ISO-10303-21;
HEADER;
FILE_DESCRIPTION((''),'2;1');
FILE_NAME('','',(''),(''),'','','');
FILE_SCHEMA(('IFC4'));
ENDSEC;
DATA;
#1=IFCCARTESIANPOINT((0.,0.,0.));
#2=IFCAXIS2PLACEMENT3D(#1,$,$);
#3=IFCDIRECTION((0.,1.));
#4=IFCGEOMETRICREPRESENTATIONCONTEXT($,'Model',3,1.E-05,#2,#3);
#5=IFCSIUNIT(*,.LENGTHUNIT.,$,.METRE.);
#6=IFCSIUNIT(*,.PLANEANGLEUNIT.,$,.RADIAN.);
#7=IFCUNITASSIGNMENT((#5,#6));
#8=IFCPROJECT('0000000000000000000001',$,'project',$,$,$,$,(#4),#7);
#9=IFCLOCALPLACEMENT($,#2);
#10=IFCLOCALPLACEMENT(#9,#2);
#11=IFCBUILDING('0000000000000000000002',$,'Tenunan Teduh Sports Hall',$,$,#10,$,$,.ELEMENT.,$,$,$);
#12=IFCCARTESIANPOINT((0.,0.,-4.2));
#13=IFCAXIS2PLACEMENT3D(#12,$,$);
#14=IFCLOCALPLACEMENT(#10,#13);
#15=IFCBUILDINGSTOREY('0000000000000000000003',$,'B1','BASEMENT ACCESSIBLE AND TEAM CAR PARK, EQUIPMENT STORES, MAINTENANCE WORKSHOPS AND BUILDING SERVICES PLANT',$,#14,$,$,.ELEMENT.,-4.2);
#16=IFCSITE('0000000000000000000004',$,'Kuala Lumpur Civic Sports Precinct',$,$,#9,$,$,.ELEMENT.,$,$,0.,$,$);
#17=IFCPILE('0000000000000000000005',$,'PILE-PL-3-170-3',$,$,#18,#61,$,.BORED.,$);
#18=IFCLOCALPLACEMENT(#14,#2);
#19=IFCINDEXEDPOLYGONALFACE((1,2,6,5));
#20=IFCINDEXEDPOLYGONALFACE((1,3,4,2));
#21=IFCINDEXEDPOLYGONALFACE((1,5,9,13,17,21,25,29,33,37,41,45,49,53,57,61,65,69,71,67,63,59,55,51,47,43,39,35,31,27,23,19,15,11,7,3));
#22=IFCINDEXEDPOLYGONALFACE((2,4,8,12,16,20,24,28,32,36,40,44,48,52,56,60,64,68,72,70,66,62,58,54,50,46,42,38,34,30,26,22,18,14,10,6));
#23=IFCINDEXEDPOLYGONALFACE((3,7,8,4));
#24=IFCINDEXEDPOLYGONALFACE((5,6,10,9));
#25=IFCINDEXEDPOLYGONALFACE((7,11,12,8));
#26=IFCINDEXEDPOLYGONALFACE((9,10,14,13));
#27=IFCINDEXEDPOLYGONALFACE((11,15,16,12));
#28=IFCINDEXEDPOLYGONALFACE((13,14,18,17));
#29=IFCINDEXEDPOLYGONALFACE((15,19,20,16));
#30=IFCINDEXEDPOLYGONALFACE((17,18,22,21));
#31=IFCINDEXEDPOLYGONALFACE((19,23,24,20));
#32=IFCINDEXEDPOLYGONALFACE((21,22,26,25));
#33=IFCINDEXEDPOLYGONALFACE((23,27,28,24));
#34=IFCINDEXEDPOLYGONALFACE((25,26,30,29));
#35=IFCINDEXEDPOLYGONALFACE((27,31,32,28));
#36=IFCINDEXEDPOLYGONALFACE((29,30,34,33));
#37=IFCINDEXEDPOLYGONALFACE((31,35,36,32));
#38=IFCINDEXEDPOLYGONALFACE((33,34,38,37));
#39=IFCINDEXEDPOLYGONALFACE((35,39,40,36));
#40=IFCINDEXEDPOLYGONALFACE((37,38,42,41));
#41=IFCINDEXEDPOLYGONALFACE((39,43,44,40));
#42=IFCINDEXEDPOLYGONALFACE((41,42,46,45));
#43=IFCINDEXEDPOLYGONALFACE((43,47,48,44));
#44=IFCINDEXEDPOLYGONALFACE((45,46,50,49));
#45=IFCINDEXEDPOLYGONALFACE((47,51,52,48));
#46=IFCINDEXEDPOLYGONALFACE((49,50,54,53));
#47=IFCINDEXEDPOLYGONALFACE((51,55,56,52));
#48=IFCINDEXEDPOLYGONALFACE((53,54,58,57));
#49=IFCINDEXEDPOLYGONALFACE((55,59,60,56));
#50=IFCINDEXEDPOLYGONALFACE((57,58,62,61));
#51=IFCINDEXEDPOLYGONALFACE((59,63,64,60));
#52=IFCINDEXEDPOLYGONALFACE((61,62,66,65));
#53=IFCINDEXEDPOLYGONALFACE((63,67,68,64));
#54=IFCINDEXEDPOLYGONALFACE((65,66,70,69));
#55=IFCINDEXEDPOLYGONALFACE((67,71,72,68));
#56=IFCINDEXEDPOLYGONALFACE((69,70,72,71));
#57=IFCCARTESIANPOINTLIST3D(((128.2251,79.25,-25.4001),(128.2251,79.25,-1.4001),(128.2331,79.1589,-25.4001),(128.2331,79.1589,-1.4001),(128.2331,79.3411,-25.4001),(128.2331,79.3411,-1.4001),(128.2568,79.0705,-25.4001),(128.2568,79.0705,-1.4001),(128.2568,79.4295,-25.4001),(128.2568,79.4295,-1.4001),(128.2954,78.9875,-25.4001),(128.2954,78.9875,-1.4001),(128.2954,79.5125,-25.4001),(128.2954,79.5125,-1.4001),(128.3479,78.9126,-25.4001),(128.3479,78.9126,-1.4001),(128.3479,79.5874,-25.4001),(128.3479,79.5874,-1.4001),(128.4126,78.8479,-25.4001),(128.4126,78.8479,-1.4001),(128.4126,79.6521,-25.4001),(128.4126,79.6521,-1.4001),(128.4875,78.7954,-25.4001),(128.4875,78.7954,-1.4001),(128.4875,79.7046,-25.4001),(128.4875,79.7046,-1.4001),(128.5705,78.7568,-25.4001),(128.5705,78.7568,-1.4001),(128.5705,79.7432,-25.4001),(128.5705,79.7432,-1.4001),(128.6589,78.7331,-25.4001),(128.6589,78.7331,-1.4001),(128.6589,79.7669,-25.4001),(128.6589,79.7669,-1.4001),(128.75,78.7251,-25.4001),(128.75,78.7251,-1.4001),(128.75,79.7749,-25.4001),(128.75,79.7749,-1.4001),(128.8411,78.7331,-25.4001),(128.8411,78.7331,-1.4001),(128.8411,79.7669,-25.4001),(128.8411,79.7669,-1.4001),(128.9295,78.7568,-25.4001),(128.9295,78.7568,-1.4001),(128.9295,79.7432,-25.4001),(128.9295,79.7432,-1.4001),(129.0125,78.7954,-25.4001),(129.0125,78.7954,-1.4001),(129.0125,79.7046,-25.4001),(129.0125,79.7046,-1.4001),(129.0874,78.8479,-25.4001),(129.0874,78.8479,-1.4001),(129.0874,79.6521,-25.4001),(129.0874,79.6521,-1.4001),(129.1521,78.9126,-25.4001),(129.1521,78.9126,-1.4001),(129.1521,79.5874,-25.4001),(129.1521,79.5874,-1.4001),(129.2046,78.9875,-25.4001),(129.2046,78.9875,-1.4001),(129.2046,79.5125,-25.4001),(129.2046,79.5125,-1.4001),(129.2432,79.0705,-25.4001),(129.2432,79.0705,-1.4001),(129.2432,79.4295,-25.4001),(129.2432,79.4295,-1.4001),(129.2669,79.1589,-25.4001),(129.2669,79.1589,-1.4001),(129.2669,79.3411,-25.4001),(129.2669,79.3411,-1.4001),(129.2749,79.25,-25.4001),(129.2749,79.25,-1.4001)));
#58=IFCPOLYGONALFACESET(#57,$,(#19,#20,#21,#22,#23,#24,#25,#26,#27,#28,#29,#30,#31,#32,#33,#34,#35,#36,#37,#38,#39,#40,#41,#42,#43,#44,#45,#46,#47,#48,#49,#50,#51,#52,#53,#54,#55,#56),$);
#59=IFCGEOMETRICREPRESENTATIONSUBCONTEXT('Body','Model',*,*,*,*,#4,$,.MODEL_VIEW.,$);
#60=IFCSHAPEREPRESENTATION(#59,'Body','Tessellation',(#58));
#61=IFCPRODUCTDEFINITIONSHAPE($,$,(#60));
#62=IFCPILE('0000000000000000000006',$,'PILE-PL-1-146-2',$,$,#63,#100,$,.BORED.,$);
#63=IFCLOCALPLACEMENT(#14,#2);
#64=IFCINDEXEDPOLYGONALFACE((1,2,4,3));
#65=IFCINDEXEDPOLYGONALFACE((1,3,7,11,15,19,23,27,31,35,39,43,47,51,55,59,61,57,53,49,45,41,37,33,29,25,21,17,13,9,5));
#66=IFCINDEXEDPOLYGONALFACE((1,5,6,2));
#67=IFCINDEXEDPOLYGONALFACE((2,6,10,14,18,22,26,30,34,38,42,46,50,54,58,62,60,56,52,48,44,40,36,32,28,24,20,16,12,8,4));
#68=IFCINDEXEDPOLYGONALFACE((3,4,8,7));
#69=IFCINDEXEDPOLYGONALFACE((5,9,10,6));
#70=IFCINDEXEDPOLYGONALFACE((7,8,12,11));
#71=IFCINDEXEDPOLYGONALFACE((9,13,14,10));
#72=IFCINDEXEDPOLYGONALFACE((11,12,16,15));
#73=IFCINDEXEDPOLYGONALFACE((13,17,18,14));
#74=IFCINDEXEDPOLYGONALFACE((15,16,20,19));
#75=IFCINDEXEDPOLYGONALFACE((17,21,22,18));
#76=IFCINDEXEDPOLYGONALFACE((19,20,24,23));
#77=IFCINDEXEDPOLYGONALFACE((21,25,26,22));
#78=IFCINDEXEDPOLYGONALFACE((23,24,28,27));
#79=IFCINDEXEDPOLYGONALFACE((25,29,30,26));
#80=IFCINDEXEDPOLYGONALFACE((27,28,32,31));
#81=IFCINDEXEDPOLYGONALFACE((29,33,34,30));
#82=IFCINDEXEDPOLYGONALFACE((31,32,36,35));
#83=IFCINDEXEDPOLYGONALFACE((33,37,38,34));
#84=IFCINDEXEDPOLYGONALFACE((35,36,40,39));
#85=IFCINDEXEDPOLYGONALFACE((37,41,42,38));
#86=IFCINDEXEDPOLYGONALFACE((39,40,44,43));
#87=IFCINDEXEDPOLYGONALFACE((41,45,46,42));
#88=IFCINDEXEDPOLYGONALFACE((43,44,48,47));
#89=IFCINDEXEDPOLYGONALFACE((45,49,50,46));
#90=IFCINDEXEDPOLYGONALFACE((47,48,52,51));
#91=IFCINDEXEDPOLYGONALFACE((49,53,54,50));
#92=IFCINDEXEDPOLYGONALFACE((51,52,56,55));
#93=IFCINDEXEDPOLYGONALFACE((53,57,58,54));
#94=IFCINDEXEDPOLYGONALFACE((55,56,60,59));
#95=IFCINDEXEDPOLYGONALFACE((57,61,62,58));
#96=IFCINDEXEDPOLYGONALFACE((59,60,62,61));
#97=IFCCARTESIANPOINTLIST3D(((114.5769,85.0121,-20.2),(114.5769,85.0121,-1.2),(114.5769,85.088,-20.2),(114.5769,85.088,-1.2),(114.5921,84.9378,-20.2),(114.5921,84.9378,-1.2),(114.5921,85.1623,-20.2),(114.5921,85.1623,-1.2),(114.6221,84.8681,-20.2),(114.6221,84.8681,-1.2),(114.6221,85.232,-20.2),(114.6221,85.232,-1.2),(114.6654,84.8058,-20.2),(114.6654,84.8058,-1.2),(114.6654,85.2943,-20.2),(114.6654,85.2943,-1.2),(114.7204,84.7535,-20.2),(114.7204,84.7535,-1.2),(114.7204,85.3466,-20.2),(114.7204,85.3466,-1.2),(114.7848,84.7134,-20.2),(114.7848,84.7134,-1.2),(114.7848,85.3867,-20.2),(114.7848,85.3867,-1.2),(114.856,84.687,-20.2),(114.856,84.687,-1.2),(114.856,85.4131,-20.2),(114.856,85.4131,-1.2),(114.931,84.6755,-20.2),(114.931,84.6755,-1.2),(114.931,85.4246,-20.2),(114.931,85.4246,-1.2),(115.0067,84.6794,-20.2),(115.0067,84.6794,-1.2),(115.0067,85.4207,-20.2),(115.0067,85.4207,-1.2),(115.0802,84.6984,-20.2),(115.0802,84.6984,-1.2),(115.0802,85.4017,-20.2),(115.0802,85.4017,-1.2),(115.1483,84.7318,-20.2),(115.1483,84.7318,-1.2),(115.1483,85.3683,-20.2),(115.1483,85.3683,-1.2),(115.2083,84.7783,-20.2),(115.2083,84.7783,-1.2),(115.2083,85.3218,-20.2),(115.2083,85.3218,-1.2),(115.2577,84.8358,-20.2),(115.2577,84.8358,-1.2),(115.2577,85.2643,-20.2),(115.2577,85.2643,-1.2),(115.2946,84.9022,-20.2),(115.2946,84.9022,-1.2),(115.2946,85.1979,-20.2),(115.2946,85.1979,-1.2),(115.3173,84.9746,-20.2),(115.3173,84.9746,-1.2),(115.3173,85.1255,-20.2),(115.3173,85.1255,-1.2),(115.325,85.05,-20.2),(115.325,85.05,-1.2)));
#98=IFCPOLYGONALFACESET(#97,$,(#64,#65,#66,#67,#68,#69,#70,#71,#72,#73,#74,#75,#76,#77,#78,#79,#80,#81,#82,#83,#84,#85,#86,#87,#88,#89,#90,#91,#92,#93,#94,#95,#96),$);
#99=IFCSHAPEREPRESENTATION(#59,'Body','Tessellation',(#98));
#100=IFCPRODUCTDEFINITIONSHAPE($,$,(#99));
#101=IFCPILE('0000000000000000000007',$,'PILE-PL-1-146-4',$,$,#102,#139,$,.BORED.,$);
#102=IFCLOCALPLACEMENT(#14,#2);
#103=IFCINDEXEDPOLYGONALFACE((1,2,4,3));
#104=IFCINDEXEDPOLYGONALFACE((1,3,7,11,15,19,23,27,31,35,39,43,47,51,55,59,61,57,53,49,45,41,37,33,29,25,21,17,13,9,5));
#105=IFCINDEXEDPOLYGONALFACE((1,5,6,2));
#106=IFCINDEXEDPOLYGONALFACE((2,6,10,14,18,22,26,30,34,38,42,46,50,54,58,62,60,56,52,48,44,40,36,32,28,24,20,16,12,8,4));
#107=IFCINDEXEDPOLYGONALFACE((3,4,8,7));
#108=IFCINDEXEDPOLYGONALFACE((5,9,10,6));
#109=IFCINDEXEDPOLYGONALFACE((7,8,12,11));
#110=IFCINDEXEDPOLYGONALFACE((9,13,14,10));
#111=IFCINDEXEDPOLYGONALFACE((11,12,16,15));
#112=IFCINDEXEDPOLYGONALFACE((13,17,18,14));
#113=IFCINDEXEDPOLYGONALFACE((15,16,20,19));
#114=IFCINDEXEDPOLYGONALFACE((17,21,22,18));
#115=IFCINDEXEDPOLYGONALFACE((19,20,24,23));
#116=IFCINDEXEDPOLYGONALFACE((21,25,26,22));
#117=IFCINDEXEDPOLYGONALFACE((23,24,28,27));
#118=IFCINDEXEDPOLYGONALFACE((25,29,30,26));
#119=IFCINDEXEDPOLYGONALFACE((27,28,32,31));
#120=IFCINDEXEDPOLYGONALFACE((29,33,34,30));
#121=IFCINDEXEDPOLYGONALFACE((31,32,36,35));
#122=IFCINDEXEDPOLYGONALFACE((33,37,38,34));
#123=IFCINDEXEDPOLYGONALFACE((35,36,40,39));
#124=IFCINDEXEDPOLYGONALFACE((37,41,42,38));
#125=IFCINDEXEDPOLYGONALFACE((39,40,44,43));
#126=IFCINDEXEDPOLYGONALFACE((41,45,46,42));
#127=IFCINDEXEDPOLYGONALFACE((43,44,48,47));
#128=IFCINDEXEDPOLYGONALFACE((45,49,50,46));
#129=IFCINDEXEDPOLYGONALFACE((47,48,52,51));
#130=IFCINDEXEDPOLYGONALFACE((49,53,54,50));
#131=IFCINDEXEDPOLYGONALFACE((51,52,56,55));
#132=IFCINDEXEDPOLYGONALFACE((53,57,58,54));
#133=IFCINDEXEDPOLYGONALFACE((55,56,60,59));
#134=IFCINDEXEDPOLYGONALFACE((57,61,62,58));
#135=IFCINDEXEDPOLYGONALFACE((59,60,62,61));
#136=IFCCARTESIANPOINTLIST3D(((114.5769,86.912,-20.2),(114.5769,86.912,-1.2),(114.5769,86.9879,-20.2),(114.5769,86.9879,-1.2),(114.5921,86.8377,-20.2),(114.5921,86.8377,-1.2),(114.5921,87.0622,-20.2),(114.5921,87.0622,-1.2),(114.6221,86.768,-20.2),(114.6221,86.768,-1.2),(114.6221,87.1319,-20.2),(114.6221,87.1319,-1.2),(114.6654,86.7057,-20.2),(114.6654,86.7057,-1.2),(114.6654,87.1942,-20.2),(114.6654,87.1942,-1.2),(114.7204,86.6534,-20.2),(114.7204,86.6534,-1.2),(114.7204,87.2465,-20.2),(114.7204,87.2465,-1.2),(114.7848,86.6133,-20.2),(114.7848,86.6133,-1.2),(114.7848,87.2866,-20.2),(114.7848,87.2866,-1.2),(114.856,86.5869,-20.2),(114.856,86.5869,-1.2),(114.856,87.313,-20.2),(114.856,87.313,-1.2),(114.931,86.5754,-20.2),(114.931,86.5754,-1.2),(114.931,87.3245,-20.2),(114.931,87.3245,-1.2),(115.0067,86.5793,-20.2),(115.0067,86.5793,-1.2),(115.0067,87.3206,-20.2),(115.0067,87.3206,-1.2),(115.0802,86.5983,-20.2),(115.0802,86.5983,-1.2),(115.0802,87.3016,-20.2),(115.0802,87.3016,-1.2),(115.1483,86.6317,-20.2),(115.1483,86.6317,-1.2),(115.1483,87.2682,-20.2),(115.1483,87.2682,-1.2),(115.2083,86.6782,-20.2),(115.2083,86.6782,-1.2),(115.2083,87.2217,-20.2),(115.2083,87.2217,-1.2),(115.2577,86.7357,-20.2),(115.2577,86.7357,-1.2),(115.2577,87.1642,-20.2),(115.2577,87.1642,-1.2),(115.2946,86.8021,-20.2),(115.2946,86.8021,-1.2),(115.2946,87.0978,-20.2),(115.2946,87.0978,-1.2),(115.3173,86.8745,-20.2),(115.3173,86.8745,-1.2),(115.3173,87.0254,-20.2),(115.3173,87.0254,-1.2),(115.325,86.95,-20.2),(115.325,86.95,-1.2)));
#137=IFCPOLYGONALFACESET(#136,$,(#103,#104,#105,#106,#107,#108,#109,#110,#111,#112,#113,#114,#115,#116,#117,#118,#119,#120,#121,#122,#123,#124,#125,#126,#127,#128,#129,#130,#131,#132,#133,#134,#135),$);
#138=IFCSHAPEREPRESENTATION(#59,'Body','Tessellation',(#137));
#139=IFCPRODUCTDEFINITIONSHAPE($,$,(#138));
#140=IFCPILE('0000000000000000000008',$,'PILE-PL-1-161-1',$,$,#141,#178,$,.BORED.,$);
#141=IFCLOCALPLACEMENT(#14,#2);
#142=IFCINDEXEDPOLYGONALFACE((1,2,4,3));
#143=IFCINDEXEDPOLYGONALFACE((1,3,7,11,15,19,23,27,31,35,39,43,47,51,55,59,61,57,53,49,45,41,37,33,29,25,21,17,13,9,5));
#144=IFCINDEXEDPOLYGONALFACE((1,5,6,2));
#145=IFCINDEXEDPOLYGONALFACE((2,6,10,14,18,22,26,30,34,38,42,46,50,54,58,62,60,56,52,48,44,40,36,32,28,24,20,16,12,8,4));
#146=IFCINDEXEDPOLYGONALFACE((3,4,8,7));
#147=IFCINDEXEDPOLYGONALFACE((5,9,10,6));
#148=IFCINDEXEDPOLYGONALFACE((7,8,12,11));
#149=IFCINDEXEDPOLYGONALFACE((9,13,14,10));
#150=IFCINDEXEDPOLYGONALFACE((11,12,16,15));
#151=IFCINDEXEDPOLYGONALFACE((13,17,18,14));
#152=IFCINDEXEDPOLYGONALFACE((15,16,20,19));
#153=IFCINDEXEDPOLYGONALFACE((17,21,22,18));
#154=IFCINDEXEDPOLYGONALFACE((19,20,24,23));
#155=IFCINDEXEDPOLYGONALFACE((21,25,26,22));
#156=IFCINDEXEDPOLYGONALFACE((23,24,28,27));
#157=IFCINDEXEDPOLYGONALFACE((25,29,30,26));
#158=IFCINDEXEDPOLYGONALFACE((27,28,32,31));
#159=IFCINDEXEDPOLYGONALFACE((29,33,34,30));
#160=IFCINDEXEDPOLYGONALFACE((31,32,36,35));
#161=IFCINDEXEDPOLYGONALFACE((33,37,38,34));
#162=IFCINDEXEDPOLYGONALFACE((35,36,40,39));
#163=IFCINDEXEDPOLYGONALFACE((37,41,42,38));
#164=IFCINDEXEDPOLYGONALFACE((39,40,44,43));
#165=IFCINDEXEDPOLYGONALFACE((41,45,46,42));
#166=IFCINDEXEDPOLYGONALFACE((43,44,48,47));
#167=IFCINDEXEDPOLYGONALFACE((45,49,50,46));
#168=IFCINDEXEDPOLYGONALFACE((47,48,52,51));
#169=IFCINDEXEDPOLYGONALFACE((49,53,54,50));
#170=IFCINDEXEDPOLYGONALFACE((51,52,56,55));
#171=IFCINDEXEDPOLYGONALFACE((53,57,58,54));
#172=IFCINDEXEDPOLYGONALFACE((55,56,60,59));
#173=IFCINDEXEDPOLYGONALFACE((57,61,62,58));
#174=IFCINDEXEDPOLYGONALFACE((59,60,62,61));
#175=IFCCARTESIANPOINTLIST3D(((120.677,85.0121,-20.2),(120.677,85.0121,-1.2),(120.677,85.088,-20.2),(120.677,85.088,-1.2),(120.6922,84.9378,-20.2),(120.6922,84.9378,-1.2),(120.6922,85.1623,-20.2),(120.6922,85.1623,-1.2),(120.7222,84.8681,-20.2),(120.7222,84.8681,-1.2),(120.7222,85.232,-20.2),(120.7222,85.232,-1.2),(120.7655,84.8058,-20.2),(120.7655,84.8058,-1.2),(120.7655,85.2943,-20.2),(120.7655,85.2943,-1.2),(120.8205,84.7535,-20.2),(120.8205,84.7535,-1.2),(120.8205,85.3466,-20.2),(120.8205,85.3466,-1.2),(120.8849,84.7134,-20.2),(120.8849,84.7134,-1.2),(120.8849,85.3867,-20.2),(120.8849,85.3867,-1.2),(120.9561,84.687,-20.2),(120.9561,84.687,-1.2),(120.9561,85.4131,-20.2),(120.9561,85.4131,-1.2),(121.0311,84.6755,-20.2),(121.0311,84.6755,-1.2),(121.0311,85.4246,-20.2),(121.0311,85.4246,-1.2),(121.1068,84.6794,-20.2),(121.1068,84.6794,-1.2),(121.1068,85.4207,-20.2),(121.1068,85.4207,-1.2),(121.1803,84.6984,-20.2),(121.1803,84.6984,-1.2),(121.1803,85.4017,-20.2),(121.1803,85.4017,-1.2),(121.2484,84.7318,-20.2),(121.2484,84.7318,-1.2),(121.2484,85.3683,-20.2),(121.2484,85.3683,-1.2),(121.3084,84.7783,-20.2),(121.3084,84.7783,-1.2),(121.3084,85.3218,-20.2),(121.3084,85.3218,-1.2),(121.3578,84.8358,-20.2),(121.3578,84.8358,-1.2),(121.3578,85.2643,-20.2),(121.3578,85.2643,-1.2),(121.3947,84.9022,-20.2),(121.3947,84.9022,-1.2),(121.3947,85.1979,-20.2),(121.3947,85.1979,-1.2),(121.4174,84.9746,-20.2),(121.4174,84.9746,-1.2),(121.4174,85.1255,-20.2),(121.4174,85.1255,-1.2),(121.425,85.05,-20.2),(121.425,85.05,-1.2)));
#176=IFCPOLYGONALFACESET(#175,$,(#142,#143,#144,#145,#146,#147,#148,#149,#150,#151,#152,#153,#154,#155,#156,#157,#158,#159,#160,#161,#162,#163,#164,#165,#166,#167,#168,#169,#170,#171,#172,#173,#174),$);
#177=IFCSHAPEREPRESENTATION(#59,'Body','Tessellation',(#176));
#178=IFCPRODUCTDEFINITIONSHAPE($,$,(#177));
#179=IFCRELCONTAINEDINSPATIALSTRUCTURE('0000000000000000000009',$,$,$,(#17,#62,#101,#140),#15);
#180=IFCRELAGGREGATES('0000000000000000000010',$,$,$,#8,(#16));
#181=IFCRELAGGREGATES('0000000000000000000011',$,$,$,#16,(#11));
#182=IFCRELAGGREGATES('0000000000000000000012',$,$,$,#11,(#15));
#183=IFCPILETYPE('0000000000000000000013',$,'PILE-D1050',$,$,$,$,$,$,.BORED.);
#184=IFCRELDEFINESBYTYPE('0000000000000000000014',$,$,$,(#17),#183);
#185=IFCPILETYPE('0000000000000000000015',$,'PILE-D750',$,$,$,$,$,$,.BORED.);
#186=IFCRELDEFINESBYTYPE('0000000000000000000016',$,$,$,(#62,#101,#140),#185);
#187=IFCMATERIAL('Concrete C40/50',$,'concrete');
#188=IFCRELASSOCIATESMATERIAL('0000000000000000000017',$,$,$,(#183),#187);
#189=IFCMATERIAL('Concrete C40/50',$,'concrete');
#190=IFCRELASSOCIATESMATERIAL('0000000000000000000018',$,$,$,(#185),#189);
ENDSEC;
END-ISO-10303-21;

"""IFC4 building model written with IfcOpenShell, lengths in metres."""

from ifc_helpers import new_model, si_unit, direction, frame, origin, origin_2d, place, context, subcontext, project, spatial, circle, extrude, material, material_profile, profile_set, type_object, element, save


model = new_model("IFC4")

# Units and contexts
model_context = context("Model", 3, precision=1e-05, world=origin(), true_north=direction((0.0, 1.0)))
body_context = subcontext(model_context, "Body", "Model", "MODEL_VIEW")
ifc_project = project(units=[si_unit("LENGTHUNIT", "METRE"), si_unit("PLANEANGLEUNIT", "RADIAN")], contexts=[model_context])

# Site, building, storey
site_placement = place(None, origin())
site = spatial("IfcSite", under=ifc_project, at=site_placement, Name="Kuala Lumpur Civic Sports Precinct", CompositionType="ELEMENT", RefElevation=0.0)
building_placement = place(site_placement, origin())
building = spatial("IfcBuilding", under=site, at=building_placement, Name="Tenunan Teduh Sports Hall", CompositionType="ELEMENT")
storey_placement = place(building_placement, frame((0.0, 0.0, -4.2)))
storey = spatial("IfcBuildingStorey", under=building, at=storey_placement, Name="B1", Description="BASEMENT ACCESSIBLE AND TEAM CAR PARK, EQUIPMENT STORES, MAINTENANCE WORKSHOPS AND BUILDING SERVICES PLANT", CompositionType="ELEMENT", Elevation=-4.2)

# Piles
ifc_material_1 = material(Name="Concrete C40/50", Category="concrete")
ifc_material_profile_1 = material_profile(ifc_material_1, circle(Radius=0.5249, at=origin_2d()), Name="PILE D1050")
ifc_profile_set_1 = profile_set([ifc_material_profile_1], Name="Concrete C40/50")
pile_type_1 = type_object("IfcPileType", Name="PILE-D1050", PredefinedType="BORED", material=ifc_profile_set_1)
for number, where, z_axis, x_axis, name in (
    (1, (128.75, 79.25, -1.4001), (0.0, 0.0, -1.0), (1.0, 0.0, 0.0), "PILE-PL-3-170-3"),
):
    element("IfcPile", number, at=place(storey_placement, frame(where, z_axis=z_axis, x_axis=x_axis)), inside=storey, type_object=pile_type_1, Name=name, PredefinedType="BORED", context=body_context, shape_type="SweptSolid", body=[
        extrude(circle(Radius=0.5249, at=origin_2d()), origin(), (0.0, 0.0, 1.0), 24.0),
    ])
ifc_material_2 = material(Name="Concrete C40/50", Category="concrete")
ifc_material_profile_2 = material_profile(ifc_material_2, circle(Radius=0.375, at=origin_2d()), Name="PILE D750")
ifc_profile_set_2 = profile_set([ifc_material_profile_2], Name="Concrete C40/50")
pile_type_2 = type_object("IfcPileType", Name="PILE-D750", PredefinedType="BORED", material=ifc_profile_set_2)
for number, where, z_axis, x_axis, name in (
    (2, (114.95, 85.05, -1.2), (0.0, 0.0, -1.0), (1.0, 0.0, 0.0), "PILE-PL-1-146-2"),
    (3, (114.95, 86.95, -1.2), (0.0, 0.0, -1.0), (1.0, 0.0, 0.0), "PILE-PL-1-146-4"),
    (4, (121.05, 85.05, -1.2), (0.0, 0.0, -1.0), (1.0, 0.0, 0.0), "PILE-PL-1-161-1"),
):
    element("IfcPile", number, at=place(storey_placement, frame(where, z_axis=z_axis, x_axis=x_axis)), inside=storey, type_object=pile_type_2, Name=name, PredefinedType="BORED", context=body_context, shape_type="SweptSolid", body=[
        extrude(circle(Radius=0.375, at=origin_2d()), origin(), (0.0, 0.0, 1.0), 19.0),
    ])

save(model, "model.ifc")
